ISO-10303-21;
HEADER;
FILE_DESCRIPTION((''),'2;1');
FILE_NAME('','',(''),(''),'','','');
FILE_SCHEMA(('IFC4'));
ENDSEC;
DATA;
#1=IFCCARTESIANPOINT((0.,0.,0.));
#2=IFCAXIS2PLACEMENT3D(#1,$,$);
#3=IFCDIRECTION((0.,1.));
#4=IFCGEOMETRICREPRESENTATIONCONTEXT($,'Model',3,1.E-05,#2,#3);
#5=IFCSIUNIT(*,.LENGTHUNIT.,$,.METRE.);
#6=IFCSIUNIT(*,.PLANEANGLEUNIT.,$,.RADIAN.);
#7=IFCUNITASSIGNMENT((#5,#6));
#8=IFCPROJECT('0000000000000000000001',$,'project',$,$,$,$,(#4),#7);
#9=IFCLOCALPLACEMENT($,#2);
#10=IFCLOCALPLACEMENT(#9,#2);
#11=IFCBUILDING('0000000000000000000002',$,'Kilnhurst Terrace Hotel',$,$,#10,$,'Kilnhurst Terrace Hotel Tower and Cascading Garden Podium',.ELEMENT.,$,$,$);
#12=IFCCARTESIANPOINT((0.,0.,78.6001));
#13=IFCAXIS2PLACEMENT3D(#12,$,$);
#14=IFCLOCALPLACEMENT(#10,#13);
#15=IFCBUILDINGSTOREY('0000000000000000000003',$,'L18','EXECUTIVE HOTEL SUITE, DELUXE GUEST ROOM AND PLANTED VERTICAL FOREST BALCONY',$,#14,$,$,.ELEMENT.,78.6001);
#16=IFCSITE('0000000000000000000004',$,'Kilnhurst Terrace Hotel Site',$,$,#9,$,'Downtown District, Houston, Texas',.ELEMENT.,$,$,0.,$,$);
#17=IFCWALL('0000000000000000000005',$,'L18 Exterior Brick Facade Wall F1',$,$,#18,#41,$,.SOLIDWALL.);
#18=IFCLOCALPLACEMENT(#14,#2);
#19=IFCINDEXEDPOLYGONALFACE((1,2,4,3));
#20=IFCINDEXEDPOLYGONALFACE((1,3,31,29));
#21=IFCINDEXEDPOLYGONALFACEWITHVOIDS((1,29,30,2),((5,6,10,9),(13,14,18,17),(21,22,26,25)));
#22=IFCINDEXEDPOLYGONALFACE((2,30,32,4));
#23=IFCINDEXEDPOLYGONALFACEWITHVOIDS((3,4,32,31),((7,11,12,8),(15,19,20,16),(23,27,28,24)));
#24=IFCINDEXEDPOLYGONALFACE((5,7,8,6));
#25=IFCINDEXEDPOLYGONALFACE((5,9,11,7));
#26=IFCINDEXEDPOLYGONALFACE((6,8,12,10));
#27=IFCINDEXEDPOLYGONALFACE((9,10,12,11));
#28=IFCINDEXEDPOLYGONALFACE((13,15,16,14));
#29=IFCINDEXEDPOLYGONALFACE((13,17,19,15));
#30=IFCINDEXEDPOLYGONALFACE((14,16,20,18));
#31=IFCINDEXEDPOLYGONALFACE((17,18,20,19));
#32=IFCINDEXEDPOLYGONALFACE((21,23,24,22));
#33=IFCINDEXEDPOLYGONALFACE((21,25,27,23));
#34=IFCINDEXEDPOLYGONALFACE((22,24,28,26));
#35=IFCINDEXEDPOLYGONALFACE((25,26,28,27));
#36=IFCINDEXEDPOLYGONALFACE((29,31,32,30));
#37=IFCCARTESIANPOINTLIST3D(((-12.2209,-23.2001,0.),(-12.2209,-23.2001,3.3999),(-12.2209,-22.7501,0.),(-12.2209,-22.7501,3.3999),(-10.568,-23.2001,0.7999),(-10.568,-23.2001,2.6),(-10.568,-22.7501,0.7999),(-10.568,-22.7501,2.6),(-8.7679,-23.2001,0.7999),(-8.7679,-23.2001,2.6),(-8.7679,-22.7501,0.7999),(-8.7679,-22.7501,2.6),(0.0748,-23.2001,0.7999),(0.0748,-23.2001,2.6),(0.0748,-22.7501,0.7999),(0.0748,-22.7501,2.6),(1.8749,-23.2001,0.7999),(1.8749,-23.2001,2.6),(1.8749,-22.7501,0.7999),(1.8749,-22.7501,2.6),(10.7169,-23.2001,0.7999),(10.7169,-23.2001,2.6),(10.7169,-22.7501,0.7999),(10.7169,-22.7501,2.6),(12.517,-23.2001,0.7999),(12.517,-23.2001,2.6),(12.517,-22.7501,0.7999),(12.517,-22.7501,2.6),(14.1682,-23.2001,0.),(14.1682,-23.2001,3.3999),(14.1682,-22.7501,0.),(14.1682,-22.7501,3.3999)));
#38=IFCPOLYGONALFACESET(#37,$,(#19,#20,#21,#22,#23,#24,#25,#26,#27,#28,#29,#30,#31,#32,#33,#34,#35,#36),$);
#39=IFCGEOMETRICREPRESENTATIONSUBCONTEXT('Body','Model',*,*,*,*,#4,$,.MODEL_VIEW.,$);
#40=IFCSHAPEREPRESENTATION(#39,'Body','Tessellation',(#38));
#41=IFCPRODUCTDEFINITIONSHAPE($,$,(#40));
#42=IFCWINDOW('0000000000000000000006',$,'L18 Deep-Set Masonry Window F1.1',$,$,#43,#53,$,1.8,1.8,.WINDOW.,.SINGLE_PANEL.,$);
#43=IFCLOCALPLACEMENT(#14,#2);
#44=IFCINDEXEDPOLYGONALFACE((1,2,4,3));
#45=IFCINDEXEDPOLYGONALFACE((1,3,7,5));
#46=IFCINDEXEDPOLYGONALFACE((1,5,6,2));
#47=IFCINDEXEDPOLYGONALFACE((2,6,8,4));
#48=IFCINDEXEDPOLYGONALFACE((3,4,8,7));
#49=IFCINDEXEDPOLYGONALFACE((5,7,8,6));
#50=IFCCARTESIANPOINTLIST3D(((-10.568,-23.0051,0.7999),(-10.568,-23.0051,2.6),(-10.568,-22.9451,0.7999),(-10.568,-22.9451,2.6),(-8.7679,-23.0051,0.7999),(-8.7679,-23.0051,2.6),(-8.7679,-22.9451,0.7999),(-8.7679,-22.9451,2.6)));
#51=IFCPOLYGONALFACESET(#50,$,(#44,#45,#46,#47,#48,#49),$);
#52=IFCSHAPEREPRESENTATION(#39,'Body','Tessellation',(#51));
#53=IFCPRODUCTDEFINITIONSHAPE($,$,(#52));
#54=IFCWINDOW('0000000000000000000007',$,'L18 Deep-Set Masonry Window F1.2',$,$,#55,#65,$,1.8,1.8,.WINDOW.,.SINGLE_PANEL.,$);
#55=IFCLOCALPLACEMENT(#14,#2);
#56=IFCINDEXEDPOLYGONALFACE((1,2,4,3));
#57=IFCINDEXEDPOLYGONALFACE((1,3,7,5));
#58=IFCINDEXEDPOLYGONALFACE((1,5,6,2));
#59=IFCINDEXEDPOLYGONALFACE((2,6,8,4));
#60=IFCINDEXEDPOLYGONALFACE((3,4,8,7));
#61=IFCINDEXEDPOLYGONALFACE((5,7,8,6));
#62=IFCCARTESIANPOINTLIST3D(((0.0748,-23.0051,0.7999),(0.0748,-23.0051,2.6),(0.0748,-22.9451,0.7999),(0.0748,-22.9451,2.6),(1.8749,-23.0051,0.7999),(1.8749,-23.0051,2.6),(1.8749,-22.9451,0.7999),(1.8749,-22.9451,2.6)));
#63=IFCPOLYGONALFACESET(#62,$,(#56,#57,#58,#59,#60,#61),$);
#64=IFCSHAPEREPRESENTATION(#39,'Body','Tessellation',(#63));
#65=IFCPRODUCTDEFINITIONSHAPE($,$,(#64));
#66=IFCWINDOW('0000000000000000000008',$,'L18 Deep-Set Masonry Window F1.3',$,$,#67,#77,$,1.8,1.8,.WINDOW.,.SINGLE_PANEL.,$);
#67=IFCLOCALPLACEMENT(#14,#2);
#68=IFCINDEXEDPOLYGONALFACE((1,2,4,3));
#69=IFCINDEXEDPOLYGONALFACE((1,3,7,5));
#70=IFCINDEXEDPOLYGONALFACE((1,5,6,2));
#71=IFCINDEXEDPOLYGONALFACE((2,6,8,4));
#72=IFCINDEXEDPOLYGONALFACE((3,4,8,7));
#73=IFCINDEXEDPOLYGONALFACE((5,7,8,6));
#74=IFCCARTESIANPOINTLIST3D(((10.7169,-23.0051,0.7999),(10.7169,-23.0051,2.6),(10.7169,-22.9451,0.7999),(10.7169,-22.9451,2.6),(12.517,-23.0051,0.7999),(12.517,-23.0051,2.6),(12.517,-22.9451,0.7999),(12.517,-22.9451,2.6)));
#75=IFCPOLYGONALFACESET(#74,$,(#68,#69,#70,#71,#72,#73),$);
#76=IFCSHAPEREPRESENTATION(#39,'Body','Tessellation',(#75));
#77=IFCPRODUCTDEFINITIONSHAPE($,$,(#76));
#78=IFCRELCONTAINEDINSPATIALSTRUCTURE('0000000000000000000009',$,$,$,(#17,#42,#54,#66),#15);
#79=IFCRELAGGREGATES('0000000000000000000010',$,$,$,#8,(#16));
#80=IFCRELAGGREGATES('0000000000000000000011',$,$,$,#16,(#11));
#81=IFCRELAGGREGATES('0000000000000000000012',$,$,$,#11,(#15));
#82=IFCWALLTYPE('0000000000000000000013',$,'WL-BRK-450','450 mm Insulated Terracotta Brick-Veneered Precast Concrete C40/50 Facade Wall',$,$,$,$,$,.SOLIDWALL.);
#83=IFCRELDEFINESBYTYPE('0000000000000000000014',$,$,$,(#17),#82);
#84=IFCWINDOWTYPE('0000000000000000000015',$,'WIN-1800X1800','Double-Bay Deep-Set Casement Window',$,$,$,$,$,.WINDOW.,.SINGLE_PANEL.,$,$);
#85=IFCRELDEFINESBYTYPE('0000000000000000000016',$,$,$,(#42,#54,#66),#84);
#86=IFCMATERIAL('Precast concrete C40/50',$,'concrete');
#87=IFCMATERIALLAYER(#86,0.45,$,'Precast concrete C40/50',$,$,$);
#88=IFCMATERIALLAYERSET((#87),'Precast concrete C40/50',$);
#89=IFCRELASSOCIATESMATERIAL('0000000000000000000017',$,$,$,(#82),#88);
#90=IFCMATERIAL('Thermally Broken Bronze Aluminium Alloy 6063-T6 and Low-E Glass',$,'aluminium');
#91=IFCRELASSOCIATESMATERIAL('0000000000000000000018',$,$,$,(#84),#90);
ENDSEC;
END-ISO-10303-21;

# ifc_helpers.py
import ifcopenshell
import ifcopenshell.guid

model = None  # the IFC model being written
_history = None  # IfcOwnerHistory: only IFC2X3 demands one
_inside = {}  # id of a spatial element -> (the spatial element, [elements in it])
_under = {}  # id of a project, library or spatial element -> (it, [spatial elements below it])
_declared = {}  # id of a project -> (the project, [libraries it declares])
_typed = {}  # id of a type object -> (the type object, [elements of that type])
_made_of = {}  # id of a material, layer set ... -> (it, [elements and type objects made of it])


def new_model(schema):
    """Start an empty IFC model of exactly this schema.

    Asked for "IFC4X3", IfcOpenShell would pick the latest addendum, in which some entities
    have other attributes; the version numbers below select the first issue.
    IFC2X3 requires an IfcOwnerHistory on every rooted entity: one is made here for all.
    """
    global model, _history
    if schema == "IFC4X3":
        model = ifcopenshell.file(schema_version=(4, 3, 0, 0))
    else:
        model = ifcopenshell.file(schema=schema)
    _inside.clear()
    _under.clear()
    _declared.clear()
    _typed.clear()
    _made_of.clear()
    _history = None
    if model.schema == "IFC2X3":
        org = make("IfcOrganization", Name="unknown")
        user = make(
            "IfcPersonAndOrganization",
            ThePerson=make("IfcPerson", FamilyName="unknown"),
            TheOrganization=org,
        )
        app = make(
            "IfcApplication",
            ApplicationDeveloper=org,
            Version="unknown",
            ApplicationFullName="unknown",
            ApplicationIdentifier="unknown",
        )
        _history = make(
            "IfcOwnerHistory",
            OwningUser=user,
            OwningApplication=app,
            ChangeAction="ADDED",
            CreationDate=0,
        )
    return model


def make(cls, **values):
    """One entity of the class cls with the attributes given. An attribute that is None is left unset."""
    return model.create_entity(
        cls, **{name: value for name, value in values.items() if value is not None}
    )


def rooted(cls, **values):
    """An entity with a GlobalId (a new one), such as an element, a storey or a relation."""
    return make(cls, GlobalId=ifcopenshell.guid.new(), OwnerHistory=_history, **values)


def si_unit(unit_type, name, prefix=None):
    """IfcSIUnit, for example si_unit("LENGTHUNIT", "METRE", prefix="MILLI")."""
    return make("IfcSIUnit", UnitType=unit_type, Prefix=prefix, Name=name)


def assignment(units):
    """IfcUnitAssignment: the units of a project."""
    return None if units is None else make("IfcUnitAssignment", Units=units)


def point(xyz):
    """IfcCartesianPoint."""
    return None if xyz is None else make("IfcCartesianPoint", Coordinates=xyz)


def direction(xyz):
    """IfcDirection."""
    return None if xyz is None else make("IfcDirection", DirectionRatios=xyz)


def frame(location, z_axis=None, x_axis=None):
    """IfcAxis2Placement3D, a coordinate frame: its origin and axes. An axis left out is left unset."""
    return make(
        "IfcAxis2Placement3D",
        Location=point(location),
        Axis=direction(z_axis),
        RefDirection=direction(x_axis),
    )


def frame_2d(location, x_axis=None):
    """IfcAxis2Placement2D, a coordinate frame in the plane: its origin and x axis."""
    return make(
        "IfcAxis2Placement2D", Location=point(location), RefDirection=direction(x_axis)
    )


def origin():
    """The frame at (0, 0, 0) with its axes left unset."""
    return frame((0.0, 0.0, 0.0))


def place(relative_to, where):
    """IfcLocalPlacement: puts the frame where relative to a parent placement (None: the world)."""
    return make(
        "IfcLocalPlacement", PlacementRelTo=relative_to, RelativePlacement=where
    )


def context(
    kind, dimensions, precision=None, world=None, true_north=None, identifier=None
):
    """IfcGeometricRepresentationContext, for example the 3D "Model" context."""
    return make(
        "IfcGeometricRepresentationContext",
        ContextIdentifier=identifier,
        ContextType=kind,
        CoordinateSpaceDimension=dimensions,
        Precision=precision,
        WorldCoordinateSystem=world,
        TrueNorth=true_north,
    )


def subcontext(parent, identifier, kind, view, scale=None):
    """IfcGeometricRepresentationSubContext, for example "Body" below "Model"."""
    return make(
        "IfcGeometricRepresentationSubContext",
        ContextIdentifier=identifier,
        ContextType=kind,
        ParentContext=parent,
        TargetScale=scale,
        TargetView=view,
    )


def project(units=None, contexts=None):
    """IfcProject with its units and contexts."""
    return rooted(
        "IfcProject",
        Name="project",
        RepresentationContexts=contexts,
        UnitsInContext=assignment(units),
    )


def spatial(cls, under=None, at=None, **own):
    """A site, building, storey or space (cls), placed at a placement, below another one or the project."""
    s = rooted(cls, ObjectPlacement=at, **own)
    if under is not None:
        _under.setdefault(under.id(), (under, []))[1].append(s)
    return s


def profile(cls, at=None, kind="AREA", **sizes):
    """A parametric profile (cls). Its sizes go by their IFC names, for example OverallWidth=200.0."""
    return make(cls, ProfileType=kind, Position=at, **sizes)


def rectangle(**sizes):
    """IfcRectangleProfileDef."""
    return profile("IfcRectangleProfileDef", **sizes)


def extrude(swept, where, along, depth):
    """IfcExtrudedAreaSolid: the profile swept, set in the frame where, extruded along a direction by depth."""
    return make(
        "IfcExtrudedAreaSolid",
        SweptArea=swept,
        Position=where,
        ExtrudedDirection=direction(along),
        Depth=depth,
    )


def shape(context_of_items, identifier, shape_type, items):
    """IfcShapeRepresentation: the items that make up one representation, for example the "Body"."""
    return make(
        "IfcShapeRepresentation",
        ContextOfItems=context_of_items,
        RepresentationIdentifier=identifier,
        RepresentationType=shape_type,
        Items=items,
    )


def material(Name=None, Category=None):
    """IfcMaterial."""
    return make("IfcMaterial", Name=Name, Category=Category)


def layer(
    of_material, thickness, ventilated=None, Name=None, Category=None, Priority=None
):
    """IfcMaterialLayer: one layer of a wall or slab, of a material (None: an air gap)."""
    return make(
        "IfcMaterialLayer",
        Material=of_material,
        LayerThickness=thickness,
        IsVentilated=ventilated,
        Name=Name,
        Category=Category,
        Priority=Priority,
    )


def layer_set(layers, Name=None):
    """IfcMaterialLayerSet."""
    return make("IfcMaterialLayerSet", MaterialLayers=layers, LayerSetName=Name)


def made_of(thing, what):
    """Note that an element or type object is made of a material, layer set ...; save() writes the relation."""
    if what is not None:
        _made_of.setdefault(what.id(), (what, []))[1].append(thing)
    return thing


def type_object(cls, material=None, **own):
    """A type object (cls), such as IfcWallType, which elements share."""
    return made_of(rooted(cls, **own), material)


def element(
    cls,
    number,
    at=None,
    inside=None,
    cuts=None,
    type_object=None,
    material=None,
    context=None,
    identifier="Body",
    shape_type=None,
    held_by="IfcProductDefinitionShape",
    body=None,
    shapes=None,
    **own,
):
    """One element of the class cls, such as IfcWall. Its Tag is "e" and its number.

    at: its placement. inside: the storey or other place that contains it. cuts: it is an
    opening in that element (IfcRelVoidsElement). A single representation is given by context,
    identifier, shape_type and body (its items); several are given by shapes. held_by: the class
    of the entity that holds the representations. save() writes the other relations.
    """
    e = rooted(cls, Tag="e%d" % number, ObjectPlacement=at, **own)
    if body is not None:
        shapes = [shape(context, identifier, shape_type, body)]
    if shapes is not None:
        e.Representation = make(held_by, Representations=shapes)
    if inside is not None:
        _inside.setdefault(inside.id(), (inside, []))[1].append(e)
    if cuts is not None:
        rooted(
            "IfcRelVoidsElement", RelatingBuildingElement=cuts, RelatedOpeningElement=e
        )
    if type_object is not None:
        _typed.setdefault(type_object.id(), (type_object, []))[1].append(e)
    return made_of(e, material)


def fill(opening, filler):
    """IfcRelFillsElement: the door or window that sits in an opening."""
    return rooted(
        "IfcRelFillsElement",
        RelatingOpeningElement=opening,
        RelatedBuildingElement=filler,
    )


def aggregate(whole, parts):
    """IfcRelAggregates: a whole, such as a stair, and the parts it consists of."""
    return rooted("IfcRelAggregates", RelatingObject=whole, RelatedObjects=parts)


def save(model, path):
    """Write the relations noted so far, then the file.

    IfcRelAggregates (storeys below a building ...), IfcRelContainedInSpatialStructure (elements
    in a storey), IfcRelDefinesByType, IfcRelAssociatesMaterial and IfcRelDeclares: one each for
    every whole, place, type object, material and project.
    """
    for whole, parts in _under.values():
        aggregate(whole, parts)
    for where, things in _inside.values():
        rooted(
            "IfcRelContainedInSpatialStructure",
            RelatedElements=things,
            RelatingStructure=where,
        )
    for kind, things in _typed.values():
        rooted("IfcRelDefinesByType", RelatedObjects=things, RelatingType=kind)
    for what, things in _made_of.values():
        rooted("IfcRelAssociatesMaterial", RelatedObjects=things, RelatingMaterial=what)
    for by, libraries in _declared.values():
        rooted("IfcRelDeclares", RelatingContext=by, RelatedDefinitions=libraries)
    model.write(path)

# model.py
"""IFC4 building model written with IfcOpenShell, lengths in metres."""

from ifc_helpers import new_model, si_unit, direction, frame, frame_2d, origin, place, context, subcontext, project, spatial, rectangle, extrude, material, layer, layer_set, type_object, element, fill, save


model = new_model("IFC4")

# Units and contexts
model_context = context("Model", 3, precision=1e-05, world=origin(), true_north=direction((0.0, 1.0)))
body_context = subcontext(model_context, "Body", "Model", "MODEL_VIEW")
ifc_project = project(units=[si_unit("LENGTHUNIT", "METRE"), si_unit("PLANEANGLEUNIT", "RADIAN")], contexts=[model_context])

# Site, building, storey
site_placement = place(None, origin())
site = spatial("IfcSite", under=ifc_project, at=site_placement, Name="Kilnhurst Terrace Hotel Site", LongName="Downtown District, Houston, Texas", CompositionType="ELEMENT", RefElevation=0.0)
building_placement = place(site_placement, origin())
building = spatial("IfcBuilding", under=site, at=building_placement, Name="Kilnhurst Terrace Hotel", LongName="Kilnhurst Terrace Hotel Tower and Cascading Garden Podium", CompositionType="ELEMENT")
storey_placement = place(building_placement, frame((0.0, 0.0, 78.6001)))
storey = spatial("IfcBuildingStorey", under=building, at=storey_placement, Name="L18", Description="EXECUTIVE HOTEL SUITE, DELUXE GUEST ROOM AND PLANTED VERTICAL FOREST BALCONY", CompositionType="ELEMENT", Elevation=78.6001)

# Shared definitions
ifc_material_1 = material(Name="Precast concrete C40/50", Category="concrete")
ifc_layer_1 = layer(ifc_material_1, 0.45, Name="Precast concrete C40/50")
ifc_layer_set_1 = layer_set([ifc_layer_1], Name="Precast concrete C40/50")
wall_type_1 = type_object("IfcWallType", Name="WL-BRK-450", Description="450 mm Insulated Terracotta Brick-Veneered Precast Concrete C40/50 Facade Wall", PredefinedType="SOLIDWALL", material=ifc_layer_set_1)

# Wall, openings, windows
wall_1_placement = place(storey_placement, frame((-12.2209, -22.9751, 0.0), z_axis=(0.0, 0.0, 1.0), x_axis=(1.0, 0.0, 0.0)))
wall_1 = element("IfcWall", 1, at=wall_1_placement, inside=storey, type_object=wall_type_1, Name="L18 Exterior Brick Facade Wall F1", PredefinedType="SOLIDWALL", context=body_context, shape_type="SweptSolid", body=[
    extrude(rectangle(XDim=26.3892, YDim=0.45, at=frame_2d((13.1946, 0.0))), origin(), (0.0, 0.0, 1.0), 3.3999),
])
opening_1_placement = place(wall_1_placement, frame((1.6531, 0.0, 0.8)))
opening_1 = element("IfcOpeningElement", 2, at=opening_1_placement, cuts=wall_1, PredefinedType="OPENING", context=body_context, shape_type="SweptSolid", body=[
    extrude(rectangle(XDim=1.8, YDim=1.8, at=frame_2d((0.8999, 0.8999))), frame((0.0, 0.2349, 0.0), z_axis=(0.0, -1.0, 0.0), x_axis=(1.0, 0.0, 0.0)), (0.0, 0.0, 1.0), 0.47),
])
opening_2_placement = place(wall_1_placement, frame((12.2959, 0.0, 0.8)))
opening_2 = element("IfcOpeningElement", 3, at=opening_2_placement, cuts=wall_1, PredefinedType="OPENING", context=body_context, shape_type="SweptSolid", body=[
    extrude(rectangle(XDim=1.8, YDim=1.8, at=frame_2d((0.8999, 0.8999))), frame((0.0, 0.2349, 0.0), z_axis=(0.0, -1.0, 0.0), x_axis=(1.0, 0.0, 0.0)), (0.0, 0.0, 1.0), 0.47),
])
opening_3_placement = place(wall_1_placement, frame((22.938, 0.0, 0.8)))
opening_3 = element("IfcOpeningElement", 4, at=opening_3_placement, cuts=wall_1, PredefinedType="OPENING", context=body_context, shape_type="SweptSolid", body=[
    extrude(rectangle(XDim=1.8, YDim=1.8, at=frame_2d((0.8999, 0.8999))), frame((0.0, 0.2349, 0.0), z_axis=(0.0, -1.0, 0.0), x_axis=(1.0, 0.0, 0.0)), (0.0, 0.0, 1.0), 0.47),
])
ifc_material_2 = material(Name="Thermally Broken Bronze Aluminium Alloy 6063-T6 and Low-E Glass", Category="aluminium")
window_type = type_object("IfcWindowType", Name="WIN-1800X1800", Description="Double-Bay Deep-Set Casement Window", PartitioningType="SINGLE_PANEL", PredefinedType="WINDOW", material=ifc_material_2)
window_1_placement = place(opening_1_placement, origin())
window_1 = element("IfcWindow", 5, at=window_1_placement, inside=storey, type_object=window_type, Name="L18 Deep-Set Masonry Window F1.1", OverallHeight=1.8, OverallWidth=1.8, PartitioningType="SINGLE_PANEL", PredefinedType="WINDOW", context=body_context, shape_type="SweptSolid", body=[
    extrude(rectangle(XDim=1.8, YDim=1.8, at=frame_2d((0.8999, 0.8999))), frame((0.0, 0.03, 0.0), z_axis=(0.0, -1.0, 0.0), x_axis=(1.0, 0.0, 0.0)), (0.0, 0.0, 1.0), 0.0601),
])
fill(opening_1, window_1)
window_2_placement = place(opening_2_placement, origin())
window_2 = element("IfcWindow", 6, at=window_2_placement, inside=storey, type_object=window_type, Name="L18 Deep-Set Masonry Window F1.2", OverallHeight=1.8, OverallWidth=1.8, PartitioningType="SINGLE_PANEL", PredefinedType="WINDOW", context=body_context, shape_type="SweptSolid", body=[
    extrude(rectangle(XDim=1.8, YDim=1.8, at=frame_2d((0.8999, 0.8999))), frame((0.0, 0.03, 0.0), z_axis=(0.0, -1.0, 0.0), x_axis=(1.0, 0.0, 0.0)), (0.0, 0.0, 1.0), 0.0601),
])
fill(opening_2, window_2)
window_3_placement = place(opening_3_placement, origin())
window_3 = element("IfcWindow", 7, at=window_3_placement, inside=storey, type_object=window_type, Name="L18 Deep-Set Masonry Window F1.3", OverallHeight=1.8, OverallWidth=1.8, PartitioningType="SINGLE_PANEL", PredefinedType="WINDOW", context=body_context, shape_type="SweptSolid", body=[
    extrude(rectangle(XDim=1.8, YDim=1.8, at=frame_2d((0.8999, 0.8999))), frame((0.0, 0.03, 0.0), z_axis=(0.0, -1.0, 0.0), x_axis=(1.0, 0.0, 0.0)), (0.0, 0.0, 1.0), 0.0601),
])
fill(opening_3, window_3)

save(model, "model.ifc")
